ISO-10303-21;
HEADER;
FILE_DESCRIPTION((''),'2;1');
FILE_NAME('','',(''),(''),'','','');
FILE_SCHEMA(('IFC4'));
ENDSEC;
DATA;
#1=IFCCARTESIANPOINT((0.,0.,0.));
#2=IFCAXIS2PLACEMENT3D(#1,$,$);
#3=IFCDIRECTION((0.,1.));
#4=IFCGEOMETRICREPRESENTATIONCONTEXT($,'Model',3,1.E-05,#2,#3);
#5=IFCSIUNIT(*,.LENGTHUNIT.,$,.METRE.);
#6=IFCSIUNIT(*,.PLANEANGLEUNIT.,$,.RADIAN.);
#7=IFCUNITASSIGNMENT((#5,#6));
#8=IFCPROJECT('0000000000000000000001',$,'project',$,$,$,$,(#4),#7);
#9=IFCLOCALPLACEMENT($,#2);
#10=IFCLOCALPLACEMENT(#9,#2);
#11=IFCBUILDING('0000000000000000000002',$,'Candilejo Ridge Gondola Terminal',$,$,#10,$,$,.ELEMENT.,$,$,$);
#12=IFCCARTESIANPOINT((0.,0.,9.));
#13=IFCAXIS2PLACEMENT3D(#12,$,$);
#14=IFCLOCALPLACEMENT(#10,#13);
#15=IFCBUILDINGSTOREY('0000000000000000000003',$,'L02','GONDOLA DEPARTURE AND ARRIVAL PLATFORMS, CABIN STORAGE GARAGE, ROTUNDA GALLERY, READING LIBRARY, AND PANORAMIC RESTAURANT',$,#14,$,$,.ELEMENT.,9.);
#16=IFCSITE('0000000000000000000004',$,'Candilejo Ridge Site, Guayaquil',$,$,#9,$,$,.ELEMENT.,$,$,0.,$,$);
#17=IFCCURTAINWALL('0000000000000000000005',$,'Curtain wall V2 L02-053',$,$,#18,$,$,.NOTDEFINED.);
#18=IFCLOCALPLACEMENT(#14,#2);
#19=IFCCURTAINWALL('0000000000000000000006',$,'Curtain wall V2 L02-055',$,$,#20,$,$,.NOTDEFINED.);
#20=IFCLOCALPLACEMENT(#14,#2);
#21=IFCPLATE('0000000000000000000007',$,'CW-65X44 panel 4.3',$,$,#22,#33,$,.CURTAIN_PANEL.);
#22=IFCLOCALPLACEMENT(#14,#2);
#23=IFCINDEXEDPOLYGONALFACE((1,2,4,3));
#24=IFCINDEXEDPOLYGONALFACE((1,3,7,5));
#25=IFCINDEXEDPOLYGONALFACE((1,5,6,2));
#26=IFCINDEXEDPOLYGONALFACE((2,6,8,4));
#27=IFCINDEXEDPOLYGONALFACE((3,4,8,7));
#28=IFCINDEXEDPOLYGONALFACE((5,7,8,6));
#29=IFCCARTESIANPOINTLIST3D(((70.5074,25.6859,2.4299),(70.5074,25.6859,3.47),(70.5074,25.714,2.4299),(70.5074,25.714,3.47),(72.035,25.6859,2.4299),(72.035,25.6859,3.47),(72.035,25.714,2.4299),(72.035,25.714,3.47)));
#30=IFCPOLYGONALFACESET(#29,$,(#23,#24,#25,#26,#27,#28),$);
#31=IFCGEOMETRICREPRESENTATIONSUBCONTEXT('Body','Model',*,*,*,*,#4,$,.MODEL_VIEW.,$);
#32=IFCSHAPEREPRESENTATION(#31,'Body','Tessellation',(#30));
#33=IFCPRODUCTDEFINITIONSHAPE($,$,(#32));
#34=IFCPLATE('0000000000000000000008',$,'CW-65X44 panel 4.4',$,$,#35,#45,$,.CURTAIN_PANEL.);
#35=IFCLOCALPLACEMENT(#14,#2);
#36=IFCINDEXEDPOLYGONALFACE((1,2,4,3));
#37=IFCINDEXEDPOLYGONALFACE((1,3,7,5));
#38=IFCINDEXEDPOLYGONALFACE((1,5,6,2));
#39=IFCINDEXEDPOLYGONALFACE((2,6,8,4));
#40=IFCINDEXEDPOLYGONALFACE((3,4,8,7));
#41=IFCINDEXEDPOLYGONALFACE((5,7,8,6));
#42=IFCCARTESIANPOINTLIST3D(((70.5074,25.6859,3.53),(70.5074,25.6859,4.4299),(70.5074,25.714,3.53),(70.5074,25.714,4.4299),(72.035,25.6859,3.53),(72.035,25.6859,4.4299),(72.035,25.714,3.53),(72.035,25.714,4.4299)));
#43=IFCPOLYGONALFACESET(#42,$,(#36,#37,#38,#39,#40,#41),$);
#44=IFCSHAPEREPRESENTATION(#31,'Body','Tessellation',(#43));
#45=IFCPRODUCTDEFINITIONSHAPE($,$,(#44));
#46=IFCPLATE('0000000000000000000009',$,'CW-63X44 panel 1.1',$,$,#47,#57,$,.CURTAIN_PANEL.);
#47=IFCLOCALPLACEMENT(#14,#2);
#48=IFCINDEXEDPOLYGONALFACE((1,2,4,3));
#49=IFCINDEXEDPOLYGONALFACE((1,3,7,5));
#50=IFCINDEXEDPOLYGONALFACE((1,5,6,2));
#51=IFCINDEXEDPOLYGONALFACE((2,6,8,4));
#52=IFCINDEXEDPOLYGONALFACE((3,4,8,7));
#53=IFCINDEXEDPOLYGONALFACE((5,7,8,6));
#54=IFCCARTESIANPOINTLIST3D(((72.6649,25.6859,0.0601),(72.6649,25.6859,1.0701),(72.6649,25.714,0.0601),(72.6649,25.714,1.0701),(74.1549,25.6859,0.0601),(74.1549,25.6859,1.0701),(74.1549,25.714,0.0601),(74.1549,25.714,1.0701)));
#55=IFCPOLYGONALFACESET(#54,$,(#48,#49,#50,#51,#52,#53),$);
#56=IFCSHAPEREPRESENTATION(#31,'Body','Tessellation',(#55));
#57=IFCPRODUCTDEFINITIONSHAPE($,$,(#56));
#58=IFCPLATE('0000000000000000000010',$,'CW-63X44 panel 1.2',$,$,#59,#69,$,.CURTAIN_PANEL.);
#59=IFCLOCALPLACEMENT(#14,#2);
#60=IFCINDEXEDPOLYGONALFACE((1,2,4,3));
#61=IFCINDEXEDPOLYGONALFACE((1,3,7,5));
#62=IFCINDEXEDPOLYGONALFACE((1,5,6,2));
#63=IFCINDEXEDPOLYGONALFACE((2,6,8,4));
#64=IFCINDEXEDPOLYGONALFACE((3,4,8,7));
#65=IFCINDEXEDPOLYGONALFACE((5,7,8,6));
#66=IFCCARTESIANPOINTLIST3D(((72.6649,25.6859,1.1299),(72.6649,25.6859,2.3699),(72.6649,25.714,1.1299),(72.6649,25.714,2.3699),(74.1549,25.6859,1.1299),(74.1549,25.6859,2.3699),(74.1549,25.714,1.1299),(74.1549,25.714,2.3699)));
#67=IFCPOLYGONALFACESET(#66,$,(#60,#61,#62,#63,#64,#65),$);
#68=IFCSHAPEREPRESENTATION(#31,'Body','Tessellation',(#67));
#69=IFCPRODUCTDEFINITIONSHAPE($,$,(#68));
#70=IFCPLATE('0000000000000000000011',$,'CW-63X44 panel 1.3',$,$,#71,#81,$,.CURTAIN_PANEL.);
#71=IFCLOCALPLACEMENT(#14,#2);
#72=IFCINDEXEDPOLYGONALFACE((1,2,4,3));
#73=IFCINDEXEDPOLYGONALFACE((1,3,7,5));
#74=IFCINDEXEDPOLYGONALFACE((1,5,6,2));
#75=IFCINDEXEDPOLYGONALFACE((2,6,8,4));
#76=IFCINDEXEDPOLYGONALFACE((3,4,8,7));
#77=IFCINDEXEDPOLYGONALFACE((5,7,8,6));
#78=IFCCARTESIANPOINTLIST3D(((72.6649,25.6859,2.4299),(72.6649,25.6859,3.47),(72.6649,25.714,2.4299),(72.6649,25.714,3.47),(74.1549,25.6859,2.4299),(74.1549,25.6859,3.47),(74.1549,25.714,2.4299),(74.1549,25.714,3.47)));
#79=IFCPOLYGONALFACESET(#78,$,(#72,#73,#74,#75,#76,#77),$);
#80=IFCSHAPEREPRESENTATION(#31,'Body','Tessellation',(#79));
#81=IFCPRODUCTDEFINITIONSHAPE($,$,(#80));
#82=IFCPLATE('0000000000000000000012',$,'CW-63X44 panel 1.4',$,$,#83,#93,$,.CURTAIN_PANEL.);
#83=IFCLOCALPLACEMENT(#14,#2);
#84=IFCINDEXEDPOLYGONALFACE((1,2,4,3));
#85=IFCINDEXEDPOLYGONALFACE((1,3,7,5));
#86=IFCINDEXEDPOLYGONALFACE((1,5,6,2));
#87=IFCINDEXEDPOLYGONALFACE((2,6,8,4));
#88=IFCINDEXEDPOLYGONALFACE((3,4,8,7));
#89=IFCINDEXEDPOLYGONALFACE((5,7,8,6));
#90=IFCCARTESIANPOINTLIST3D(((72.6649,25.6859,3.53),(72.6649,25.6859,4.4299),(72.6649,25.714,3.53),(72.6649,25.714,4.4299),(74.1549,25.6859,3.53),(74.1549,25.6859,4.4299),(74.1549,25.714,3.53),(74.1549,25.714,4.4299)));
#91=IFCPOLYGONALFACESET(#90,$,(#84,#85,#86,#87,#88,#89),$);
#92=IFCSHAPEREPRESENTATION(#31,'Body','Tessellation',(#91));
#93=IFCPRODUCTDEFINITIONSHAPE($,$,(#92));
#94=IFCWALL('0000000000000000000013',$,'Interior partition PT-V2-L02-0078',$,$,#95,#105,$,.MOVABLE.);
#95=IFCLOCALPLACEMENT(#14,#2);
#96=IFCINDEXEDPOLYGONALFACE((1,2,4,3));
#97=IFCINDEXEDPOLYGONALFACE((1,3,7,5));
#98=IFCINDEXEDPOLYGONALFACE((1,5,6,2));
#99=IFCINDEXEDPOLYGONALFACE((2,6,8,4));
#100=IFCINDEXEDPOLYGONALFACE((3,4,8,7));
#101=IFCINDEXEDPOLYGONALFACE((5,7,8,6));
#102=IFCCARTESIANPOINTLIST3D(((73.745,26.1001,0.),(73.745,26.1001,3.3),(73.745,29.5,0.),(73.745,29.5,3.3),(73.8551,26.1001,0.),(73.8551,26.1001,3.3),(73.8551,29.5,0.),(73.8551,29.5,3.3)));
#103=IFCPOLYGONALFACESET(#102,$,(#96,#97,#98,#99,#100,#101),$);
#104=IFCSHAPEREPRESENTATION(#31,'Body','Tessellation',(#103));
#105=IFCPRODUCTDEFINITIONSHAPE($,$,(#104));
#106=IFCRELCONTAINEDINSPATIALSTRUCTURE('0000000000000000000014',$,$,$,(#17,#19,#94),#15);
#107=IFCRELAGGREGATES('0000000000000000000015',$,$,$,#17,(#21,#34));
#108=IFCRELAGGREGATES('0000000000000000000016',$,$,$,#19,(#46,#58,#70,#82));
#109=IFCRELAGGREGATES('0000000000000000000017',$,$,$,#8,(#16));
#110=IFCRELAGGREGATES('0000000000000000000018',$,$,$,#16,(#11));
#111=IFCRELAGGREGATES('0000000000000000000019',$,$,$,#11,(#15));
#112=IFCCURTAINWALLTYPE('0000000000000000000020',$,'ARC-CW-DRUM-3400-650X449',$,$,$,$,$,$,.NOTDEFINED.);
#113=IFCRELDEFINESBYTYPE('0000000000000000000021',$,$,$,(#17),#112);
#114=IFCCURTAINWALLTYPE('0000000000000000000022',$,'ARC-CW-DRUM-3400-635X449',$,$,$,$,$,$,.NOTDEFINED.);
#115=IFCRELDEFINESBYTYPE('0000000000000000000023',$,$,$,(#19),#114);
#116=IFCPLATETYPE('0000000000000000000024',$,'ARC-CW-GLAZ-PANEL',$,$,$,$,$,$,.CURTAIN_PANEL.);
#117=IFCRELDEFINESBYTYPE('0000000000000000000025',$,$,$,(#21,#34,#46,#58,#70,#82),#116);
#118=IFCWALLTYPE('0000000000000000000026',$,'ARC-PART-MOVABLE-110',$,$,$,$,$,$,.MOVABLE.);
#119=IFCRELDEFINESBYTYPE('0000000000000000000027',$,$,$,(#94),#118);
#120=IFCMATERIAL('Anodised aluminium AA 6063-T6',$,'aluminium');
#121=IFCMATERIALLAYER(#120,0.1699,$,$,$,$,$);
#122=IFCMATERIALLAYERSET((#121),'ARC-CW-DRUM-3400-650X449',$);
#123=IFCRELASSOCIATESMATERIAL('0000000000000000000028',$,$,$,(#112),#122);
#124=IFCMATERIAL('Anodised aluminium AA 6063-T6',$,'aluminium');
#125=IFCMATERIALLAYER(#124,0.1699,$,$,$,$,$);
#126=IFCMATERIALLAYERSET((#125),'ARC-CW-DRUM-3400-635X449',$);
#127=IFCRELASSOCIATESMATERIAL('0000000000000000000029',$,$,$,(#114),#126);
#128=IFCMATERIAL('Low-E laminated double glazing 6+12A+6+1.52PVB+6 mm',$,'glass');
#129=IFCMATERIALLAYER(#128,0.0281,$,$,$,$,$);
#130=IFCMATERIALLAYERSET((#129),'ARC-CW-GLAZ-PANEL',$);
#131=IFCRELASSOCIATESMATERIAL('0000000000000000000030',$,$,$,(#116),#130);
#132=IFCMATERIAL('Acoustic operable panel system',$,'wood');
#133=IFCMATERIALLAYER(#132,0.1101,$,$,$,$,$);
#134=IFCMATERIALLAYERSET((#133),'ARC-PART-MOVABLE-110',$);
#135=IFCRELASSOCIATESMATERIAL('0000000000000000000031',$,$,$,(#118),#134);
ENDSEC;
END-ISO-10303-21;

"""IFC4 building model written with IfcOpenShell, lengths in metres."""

from ifc_helpers import new_model, si_unit, direction, frame, frame_2d, origin, origin_2d, place, context, subcontext, project, spatial, rectangle, extrude, material, layer, layer_set, type_object, element, aggregate, save


model = new_model("IFC4")

# Units and contexts
model_context = context("Model", 3, precision=1e-05, world=origin(), true_north=direction((0.0, 1.0)))
body_context = subcontext(model_context, "Body", "Model", "MODEL_VIEW")
ifc_project = project(units=[si_unit("LENGTHUNIT", "METRE"), si_unit("PLANEANGLEUNIT", "RADIAN")], contexts=[model_context])

# Site, building, storey
site_placement = place(None, origin())
site = spatial("IfcSite", under=ifc_project, at=site_placement, Name="Candilejo Ridge Site, Guayaquil", CompositionType="ELEMENT", RefElevation=0.0)
building_placement = place(site_placement, origin())
building = spatial("IfcBuilding", under=site, at=building_placement, Name="Candilejo Ridge Gondola Terminal", CompositionType="ELEMENT")
storey_placement = place(building_placement, frame((0.0, 0.0, 9.0)))
storey = spatial("IfcBuildingStorey", under=building, at=storey_placement, Name="L02", Description="GONDOLA DEPARTURE AND ARRIVAL PLATFORMS, CABIN STORAGE GARAGE, ROTUNDA GALLERY, READING LIBRARY, AND PANORAMIC RESTAURANT", CompositionType="ELEMENT", Elevation=9.0)

# Curtain wall
ifc_material_1 = material(Name="Anodised aluminium AA 6063-T6", Category="aluminium")
ifc_layer_1 = layer(ifc_material_1, 0.1699)
ifc_layer_set_1 = layer_set([ifc_layer_1], Name="ARC-CW-DRUM-3400-650X449")
curtain_wall_type_1 = type_object("IfcCurtainWallType", Name="ARC-CW-DRUM-3400-650X449", PredefinedType="NOTDEFINED", material=ifc_layer_set_1)
curtain_wall_1_placement = place(storey_placement, origin())
curtain_wall_1 = element("IfcCurtainWall", 1, at=curtain_wall_1_placement, inside=storey, type_object=curtain_wall_type_1, Name="Curtain wall V2 L02-053", PredefinedType="NOTDEFINED")

# Curtain wall
ifc_material_2 = material(Name="Anodised aluminium AA 6063-T6", Category="aluminium")
ifc_layer_2 = layer(ifc_material_2, 0.1699)
ifc_layer_set_2 = layer_set([ifc_layer_2], Name="ARC-CW-DRUM-3400-635X449")
curtain_wall_type_2 = type_object("IfcCurtainWallType", Name="ARC-CW-DRUM-3400-635X449", PredefinedType="NOTDEFINED", material=ifc_layer_set_2)
curtain_wall_2_placement = place(storey_placement, origin())
curtain_wall_2 = element("IfcCurtainWall", 2, at=curtain_wall_2_placement, inside=storey, type_object=curtain_wall_type_2, Name="Curtain wall V2 L02-055", PredefinedType="NOTDEFINED")

# Plates
ifc_material_3 = material(Name="Low-E laminated double glazing 6+12A+6+1.52PVB+6 mm", Category="glass")
ifc_layer_3 = layer(ifc_material_3, 0.0281)
ifc_layer_set_3 = layer_set([ifc_layer_3], Name="ARC-CW-GLAZ-PANEL")
plate_type = type_object("IfcPlateType", Name="ARC-CW-GLAZ-PANEL", PredefinedType="CURTAIN_PANEL", material=ifc_layer_set_3)
plate_1_placement = place(storey_placement, frame((71.2712, 25.7, 2.4299), z_axis=(0.0, 0.0, 1.0), x_axis=(1.0, 0.0, 0.0)))
plate_1 = element("IfcPlate", 3, at=plate_1_placement, type_object=plate_type, Name="CW-65X44 panel 4.3", PredefinedType="CURTAIN_PANEL", context=body_context, shape_type="SweptSolid", body=[
    extrude(rectangle(XDim=1.5276, YDim=0.0281, at=origin_2d()), origin(), (0.0, 0.0, 1.0), 1.04),
])
plate_2_placement = place(storey_placement, frame((71.2712, 25.7, 3.53), z_axis=(0.0, 0.0, 1.0), x_axis=(1.0, 0.0, 0.0)))
plate_2 = element("IfcPlate", 4, at=plate_2_placement, type_object=plate_type, Name="CW-65X44 panel 4.4", PredefinedType="CURTAIN_PANEL", context=body_context, shape_type="SweptSolid", body=[
    extrude(rectangle(XDim=1.5276, YDim=0.0281, at=origin_2d()), origin(), (0.0, 0.0, 1.0), 0.8999),
])
aggregate(curtain_wall_1, [plate_1, plate_2])
plate_3_placement = place(storey_placement, frame((73.4099, 25.7, 0.0601), z_axis=(0.0, 0.0, 1.0), x_axis=(1.0, 0.0, 0.0)))
plate_3 = element("IfcPlate", 5, at=plate_3_placement, type_object=plate_type, Name="CW-63X44 panel 1.1", PredefinedType="CURTAIN_PANEL", context=body_context, shape_type="SweptSolid", body=[
    extrude(rectangle(XDim=1.49, YDim=0.0281, at=origin_2d()), origin(), (0.0, 0.0, 1.0), 1.01),
])
plate_4_placement = place(storey_placement, frame((73.4099, 25.7, 1.1299), z_axis=(0.0, 0.0, 1.0), x_axis=(1.0, 0.0, 0.0)))
plate_4 = element("IfcPlate", 6, at=plate_4_placement, type_object=plate_type, Name="CW-63X44 panel 1.2", PredefinedType="CURTAIN_PANEL", context=body_context, shape_type="SweptSolid", body=[
    extrude(rectangle(XDim=1.49, YDim=0.0281, at=origin_2d()), origin(), (0.0, 0.0, 1.0), 1.24),
])
plate_5_placement = place(storey_placement, frame((73.4099, 25.7, 2.4299), z_axis=(0.0, 0.0, 1.0), x_axis=(1.0, 0.0, 0.0)))
plate_5 = element("IfcPlate", 7, at=plate_5_placement, type_object=plate_type, Name="CW-63X44 panel 1.3", PredefinedType="CURTAIN_PANEL", context=body_context, shape_type="SweptSolid", body=[
    extrude(rectangle(XDim=1.49, YDim=0.0281, at=origin_2d()), origin(), (0.0, 0.0, 1.0), 1.04),
])
plate_6_placement = place(storey_placement, frame((73.4099, 25.7, 3.53), z_axis=(0.0, 0.0, 1.0), x_axis=(1.0, 0.0, 0.0)))
plate_6 = element("IfcPlate", 8, at=plate_6_placement, type_object=plate_type, Name="CW-63X44 panel 1.4", PredefinedType="CURTAIN_PANEL", context=body_context, shape_type="SweptSolid", body=[
    extrude(rectangle(XDim=1.49, YDim=0.0281, at=origin_2d()), origin(), (0.0, 0.0, 1.0), 0.8999),
])
aggregate(curtain_wall_2, [plate_3, plate_4, plate_5, plate_6])

# Wall
ifc_material_4 = material(Name="Acoustic operable panel system", Category="wood")
ifc_layer_4 = layer(ifc_material_4, 0.1101)
ifc_layer_set_4 = layer_set([ifc_layer_4], Name="ARC-PART-MOVABLE-110")
wall_type = type_object("IfcWallType", Name="ARC-PART-MOVABLE-110", PredefinedType="MOVABLE", material=ifc_layer_set_4)
wall_placement = place(storey_placement, frame((73.8, 26.1001, 0.0), z_axis=(0.0, 0.0, 1.0), x_axis=(0.0, 1.0, 0.0)))
element("IfcWall", 9, at=wall_placement, inside=storey, type_object=wall_type, Name="Interior partition PT-V2-L02-0078", PredefinedType="MOVABLE", context=body_context, shape_type="SweptSolid", body=[
    extrude(rectangle(XDim=3.3999, YDim=0.1101, at=frame_2d((1.7, 0.0))), origin(), (0.0, 0.0, 1.0), 3.3),
])

save(model, "model.ifc")
